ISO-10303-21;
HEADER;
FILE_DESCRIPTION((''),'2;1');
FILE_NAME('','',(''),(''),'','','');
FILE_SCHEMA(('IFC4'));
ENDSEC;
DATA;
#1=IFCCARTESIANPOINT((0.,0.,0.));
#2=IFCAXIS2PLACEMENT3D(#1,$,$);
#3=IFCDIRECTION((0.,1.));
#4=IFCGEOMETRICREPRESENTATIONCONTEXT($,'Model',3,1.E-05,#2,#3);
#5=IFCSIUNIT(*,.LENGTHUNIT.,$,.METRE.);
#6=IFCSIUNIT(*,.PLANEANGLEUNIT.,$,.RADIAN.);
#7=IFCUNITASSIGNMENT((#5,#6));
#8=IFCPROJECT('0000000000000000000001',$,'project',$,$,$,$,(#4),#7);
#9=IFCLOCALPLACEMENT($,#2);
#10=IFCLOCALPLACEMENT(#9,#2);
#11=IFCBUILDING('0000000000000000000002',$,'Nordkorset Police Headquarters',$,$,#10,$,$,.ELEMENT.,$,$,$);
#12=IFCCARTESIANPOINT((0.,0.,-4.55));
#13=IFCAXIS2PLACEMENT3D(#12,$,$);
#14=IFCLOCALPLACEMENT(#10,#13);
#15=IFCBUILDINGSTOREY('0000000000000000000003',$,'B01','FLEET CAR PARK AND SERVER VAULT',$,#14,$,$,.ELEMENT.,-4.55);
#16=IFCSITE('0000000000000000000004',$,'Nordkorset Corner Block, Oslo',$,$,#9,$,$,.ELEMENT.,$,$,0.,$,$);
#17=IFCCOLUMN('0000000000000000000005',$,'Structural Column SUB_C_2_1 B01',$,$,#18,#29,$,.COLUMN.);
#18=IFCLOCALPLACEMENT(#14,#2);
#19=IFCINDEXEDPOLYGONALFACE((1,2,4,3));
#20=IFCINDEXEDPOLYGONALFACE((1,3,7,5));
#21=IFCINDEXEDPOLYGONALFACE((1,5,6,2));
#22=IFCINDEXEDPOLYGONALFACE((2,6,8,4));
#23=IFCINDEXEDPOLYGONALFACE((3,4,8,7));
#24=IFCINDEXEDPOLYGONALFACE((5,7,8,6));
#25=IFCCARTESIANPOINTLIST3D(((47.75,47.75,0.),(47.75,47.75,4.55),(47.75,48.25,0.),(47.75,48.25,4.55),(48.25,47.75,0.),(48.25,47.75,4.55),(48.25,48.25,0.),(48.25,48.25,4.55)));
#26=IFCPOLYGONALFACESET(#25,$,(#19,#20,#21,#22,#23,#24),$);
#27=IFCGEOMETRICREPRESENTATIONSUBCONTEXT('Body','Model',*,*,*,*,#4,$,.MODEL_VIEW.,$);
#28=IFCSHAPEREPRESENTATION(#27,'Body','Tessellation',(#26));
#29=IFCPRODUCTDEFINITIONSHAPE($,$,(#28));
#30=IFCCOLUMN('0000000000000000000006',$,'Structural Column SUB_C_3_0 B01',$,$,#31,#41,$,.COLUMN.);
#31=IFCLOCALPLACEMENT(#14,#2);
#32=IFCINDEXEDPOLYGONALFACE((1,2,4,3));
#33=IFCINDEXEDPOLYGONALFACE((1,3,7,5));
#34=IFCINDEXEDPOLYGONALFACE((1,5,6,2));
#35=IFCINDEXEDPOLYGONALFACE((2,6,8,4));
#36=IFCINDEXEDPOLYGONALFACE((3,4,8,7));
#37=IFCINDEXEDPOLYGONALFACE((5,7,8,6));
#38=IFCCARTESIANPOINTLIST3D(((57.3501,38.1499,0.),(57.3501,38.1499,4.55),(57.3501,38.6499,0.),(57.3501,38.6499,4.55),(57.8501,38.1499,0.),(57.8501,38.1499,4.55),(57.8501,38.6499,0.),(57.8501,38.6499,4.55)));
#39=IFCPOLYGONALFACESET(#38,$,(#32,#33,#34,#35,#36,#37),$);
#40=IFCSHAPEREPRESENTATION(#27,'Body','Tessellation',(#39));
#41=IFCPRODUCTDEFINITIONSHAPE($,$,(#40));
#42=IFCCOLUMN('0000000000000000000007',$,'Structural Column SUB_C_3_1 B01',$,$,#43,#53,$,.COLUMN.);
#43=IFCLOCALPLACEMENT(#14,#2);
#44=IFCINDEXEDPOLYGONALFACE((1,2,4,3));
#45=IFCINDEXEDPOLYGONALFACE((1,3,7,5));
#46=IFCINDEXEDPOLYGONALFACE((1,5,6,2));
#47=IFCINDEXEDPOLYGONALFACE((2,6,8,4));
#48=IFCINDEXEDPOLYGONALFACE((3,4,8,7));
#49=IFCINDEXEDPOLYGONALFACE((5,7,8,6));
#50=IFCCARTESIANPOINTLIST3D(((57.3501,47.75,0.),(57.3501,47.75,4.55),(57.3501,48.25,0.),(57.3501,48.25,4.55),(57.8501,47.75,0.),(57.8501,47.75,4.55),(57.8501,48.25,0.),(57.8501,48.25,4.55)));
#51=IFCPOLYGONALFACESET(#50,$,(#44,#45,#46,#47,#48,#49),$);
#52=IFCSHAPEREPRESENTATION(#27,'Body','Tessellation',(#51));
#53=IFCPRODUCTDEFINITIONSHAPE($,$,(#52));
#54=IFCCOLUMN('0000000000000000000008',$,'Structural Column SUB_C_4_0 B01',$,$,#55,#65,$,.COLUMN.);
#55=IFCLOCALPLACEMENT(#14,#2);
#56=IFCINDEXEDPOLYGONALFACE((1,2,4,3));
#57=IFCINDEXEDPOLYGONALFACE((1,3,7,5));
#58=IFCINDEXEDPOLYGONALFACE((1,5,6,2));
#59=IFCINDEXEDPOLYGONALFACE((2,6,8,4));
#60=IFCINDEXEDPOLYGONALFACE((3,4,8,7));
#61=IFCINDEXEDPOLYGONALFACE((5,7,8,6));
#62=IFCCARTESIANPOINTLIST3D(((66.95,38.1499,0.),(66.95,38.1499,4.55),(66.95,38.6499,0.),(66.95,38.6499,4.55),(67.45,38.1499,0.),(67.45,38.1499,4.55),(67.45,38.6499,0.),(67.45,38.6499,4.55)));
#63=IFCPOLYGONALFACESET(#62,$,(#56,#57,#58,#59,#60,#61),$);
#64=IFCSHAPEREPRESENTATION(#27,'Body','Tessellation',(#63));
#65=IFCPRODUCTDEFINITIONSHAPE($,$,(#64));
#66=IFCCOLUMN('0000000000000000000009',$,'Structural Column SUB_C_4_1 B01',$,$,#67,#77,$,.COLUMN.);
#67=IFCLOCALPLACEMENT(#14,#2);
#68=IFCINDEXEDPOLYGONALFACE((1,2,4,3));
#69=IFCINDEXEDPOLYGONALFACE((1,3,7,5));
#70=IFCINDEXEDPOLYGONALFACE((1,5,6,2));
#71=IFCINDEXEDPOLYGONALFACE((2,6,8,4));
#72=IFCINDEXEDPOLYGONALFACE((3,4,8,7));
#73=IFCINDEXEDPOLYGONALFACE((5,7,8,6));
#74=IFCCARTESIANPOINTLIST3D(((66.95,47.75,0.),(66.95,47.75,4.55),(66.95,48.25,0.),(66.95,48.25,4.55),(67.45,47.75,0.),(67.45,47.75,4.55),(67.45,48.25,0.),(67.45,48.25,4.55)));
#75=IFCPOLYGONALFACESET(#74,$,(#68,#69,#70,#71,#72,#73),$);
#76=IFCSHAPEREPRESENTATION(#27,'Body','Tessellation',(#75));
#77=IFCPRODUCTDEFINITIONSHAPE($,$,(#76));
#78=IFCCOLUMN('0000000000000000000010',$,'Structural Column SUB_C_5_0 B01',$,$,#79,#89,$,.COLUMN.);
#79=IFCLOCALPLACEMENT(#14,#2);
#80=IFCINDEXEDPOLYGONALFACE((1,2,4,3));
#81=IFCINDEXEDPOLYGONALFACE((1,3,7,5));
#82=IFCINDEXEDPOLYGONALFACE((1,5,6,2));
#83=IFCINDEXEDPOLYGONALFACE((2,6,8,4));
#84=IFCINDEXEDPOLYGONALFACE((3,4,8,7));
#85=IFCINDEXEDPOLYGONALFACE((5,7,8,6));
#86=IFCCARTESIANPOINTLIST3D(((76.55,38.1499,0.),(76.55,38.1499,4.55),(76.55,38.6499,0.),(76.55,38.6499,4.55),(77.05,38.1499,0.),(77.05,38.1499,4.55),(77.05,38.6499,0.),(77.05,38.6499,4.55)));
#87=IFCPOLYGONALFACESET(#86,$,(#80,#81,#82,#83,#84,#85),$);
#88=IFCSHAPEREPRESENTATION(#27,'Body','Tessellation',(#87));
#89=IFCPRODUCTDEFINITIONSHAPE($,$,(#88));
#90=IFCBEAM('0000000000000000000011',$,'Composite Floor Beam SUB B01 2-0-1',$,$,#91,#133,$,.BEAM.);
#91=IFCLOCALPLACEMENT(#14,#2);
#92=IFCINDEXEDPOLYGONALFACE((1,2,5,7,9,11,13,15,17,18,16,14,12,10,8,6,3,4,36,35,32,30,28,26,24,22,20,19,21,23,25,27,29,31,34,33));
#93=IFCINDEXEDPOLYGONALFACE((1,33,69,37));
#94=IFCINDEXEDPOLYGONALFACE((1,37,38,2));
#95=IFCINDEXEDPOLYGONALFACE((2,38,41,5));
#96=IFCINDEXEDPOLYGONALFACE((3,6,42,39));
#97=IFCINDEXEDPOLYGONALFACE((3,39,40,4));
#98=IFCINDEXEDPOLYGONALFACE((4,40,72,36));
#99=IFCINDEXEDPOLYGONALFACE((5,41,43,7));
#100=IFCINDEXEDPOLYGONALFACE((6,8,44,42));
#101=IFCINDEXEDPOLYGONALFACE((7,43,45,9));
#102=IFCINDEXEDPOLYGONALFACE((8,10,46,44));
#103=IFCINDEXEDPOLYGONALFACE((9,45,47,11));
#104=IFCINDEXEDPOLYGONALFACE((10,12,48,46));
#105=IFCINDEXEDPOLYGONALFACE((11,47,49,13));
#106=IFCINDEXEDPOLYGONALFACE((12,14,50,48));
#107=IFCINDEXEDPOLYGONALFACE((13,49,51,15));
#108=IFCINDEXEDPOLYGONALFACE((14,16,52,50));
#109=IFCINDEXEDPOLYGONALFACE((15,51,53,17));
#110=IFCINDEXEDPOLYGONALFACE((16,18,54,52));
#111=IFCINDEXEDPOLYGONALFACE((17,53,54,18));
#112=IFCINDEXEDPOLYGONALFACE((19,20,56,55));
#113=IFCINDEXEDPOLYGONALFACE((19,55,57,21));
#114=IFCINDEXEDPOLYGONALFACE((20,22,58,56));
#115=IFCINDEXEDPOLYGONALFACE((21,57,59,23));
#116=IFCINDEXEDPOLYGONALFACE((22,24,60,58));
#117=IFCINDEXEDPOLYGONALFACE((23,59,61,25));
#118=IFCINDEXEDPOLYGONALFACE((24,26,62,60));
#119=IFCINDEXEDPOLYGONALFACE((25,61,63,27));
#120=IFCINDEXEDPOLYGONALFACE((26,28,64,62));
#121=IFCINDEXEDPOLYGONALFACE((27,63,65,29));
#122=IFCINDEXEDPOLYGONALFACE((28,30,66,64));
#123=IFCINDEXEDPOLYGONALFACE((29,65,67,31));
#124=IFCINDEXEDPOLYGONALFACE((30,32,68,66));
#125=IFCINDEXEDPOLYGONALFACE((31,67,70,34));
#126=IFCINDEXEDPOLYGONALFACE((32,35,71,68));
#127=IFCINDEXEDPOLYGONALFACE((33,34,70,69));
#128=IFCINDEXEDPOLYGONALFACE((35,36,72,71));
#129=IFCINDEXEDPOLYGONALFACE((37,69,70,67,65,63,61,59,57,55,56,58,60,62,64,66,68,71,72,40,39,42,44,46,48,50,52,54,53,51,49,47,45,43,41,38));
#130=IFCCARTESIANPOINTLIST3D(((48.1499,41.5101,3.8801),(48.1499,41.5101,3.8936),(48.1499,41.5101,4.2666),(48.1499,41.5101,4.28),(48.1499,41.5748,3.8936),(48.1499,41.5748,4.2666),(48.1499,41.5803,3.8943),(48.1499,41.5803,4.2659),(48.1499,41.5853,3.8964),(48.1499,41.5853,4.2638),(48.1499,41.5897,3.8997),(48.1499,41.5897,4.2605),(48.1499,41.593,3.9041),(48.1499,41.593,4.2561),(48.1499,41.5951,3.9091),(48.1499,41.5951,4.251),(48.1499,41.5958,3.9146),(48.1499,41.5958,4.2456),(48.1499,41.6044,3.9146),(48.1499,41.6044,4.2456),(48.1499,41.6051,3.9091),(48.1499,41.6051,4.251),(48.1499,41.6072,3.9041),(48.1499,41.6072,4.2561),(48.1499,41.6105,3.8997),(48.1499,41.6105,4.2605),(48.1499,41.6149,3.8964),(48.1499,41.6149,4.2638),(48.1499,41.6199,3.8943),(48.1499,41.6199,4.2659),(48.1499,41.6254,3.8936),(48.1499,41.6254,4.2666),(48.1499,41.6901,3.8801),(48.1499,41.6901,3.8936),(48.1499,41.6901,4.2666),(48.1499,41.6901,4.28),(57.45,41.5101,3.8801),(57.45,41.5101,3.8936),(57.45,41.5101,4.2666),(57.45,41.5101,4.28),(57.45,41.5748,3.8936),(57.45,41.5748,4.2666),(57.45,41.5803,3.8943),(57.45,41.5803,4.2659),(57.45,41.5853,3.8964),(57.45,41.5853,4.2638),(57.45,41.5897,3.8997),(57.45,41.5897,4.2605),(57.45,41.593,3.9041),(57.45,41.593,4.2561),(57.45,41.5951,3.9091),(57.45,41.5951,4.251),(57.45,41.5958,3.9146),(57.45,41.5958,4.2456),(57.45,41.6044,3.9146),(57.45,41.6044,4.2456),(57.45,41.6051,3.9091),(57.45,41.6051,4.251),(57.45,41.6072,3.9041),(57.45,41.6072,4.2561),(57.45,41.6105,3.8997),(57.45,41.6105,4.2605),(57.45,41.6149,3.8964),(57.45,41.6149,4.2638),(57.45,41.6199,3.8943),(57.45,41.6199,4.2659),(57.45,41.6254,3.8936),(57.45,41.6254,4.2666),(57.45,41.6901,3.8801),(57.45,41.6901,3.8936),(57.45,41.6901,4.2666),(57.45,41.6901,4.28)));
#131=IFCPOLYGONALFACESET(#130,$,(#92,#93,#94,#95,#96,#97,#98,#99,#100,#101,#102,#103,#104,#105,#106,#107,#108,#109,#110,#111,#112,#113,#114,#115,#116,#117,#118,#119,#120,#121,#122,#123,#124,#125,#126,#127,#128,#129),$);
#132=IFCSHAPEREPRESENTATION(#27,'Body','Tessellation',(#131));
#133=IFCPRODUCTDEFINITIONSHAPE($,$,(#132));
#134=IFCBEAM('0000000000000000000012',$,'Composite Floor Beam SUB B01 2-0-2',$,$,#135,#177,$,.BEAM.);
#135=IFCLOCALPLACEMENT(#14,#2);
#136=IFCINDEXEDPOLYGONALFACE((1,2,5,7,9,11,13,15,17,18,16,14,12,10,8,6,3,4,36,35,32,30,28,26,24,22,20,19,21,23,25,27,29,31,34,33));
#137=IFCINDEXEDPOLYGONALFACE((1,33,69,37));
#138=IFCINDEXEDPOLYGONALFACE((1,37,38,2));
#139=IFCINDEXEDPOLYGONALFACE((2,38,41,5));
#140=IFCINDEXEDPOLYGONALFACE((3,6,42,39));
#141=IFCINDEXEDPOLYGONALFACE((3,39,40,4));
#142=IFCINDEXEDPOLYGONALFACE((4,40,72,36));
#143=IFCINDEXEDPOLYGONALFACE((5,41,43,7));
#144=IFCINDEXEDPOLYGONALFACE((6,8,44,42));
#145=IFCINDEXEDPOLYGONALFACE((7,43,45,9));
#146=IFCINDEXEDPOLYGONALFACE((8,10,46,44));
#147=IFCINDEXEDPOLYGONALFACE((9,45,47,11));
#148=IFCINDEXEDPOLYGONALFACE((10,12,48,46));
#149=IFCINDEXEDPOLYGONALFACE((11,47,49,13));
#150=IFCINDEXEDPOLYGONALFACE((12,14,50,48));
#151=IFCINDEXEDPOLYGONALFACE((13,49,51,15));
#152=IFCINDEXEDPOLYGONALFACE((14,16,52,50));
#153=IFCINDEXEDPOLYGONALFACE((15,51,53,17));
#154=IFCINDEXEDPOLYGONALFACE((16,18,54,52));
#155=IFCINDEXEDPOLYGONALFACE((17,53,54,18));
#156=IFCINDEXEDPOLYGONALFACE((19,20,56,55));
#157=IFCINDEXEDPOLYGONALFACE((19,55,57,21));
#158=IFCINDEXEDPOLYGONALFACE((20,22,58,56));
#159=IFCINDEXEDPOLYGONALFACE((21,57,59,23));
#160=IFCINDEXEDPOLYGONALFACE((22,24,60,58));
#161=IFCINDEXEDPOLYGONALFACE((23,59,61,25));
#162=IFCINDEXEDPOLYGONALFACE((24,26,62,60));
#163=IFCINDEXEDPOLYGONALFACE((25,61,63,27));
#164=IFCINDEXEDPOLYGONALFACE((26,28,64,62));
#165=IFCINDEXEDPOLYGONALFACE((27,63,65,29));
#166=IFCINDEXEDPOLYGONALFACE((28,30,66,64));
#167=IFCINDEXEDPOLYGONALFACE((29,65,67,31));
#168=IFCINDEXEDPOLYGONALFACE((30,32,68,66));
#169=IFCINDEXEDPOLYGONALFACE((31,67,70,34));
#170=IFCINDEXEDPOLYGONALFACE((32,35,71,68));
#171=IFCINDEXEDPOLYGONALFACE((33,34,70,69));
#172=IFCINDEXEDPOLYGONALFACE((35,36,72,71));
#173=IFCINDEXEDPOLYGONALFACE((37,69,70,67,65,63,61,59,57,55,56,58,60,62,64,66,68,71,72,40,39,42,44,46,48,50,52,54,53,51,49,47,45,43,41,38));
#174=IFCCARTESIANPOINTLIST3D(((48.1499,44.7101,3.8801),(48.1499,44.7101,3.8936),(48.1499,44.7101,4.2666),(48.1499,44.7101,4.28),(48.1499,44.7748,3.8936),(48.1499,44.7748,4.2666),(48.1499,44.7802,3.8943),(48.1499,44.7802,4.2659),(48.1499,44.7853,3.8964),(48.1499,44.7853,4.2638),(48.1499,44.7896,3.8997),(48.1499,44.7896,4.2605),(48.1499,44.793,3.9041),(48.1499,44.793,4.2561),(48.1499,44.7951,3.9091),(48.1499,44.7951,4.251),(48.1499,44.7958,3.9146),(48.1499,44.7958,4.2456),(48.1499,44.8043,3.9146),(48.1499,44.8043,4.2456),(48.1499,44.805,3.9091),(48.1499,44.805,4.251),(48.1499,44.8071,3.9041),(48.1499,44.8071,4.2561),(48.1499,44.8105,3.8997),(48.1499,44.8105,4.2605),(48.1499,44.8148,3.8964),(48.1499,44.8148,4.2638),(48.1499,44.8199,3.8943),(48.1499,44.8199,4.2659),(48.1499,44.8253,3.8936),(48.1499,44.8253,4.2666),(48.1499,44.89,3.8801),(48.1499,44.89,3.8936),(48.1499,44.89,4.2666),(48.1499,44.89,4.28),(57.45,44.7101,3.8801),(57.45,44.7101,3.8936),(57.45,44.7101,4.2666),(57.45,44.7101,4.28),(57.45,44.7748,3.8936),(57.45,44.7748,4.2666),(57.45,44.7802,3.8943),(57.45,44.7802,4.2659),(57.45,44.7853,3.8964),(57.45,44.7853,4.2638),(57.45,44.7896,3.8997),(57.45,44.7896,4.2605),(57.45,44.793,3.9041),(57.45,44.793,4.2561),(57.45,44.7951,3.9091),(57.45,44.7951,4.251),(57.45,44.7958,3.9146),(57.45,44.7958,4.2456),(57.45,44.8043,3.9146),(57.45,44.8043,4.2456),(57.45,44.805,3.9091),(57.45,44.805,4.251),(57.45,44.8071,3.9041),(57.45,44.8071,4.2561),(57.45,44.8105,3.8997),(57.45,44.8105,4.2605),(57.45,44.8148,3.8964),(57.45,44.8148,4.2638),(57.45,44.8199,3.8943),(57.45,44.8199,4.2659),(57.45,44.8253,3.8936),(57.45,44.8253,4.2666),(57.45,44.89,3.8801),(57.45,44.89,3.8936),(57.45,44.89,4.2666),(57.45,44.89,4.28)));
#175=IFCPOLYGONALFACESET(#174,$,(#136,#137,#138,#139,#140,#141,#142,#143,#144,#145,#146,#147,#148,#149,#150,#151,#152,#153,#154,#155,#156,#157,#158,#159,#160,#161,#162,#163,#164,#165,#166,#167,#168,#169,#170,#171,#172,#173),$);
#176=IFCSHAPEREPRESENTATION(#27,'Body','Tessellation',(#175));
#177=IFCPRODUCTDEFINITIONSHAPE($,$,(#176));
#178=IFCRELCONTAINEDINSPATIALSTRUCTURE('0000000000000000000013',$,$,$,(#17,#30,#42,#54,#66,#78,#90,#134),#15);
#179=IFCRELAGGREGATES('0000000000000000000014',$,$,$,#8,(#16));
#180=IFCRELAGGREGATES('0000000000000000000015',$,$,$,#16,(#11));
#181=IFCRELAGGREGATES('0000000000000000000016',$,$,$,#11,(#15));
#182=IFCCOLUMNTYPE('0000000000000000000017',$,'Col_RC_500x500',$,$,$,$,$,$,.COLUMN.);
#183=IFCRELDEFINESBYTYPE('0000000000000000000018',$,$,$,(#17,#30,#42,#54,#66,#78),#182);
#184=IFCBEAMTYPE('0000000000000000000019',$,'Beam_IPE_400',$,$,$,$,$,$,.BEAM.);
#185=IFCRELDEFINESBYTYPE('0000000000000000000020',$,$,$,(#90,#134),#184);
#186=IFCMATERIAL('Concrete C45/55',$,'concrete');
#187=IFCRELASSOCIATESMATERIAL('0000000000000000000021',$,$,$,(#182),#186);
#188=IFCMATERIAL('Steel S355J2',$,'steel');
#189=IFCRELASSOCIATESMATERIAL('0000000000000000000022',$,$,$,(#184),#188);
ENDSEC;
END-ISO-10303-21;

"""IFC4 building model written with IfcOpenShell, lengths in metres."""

from ifc_helpers import new_model, si_unit, direction, frame, origin, origin_2d, place, context, subcontext, project, spatial, rectangle, i_section, extrude, material, material_profile, profile_set, type_object, element, save


model = new_model("IFC4")

# Units and contexts
model_context = context("Model", 3, precision=1e-05, world=origin(), true_north=direction((0.0, 1.0)))
body_context = subcontext(model_context, "Body", "Model", "MODEL_VIEW")
ifc_project = project(units=[si_unit("LENGTHUNIT", "METRE"), si_unit("PLANEANGLEUNIT", "RADIAN")], contexts=[model_context])

# Site, building, storey
site_placement = place(None, origin())
site = spatial("IfcSite", under=ifc_project, at=site_placement, Name="Nordkorset Corner Block, Oslo", CompositionType="ELEMENT", RefElevation=0.0)
building_placement = place(site_placement, origin())
building = spatial("IfcBuilding", under=site, at=building_placement, Name="Nordkorset Police Headquarters", CompositionType="ELEMENT")
storey_placement = place(building_placement, frame((0.0, 0.0, -4.55)))
storey = spatial("IfcBuildingStorey", under=building, at=storey_placement, Name="B01", Description="FLEET CAR PARK AND SERVER VAULT", CompositionType="ELEMENT", Elevation=-4.55)

# Columns
ifc_material_1 = material(Name="Concrete C45/55", Category="concrete")
ifc_material_profile_1 = material_profile(ifc_material_1, rectangle(XDim=0.5, YDim=0.5, at=origin_2d()), Name="RC 500x500")
ifc_profile_set_1 = profile_set([ifc_material_profile_1], Name="Concrete C45/55")
column_type = type_object("IfcColumnType", Name="Col_RC_500x500", PredefinedType="COLUMN", material=ifc_profile_set_1)
for number, where, z_axis, x_axis, name in (
    (1, (48.0, 48.0, 0.0), (0.0, 0.0, 1.0), (1.0, 0.0, 0.0), "Structural Column SUB_C_2_1 B01"),
    (2, (57.6001, 38.3999, 0.0), (0.0, 0.0, 1.0), (1.0, 0.0, 0.0), "Structural Column SUB_C_3_0 B01"),
    (3, (57.6001, 48.0, 0.0), (0.0, 0.0, 1.0), (1.0, 0.0, 0.0), "Structural Column SUB_C_3_1 B01"),
    (4, (67.2, 38.3999, 0.0), (0.0, 0.0, 1.0), (1.0, 0.0, 0.0), "Structural Column SUB_C_4_0 B01"),
    (5, (67.2, 48.0, 0.0), (0.0, 0.0, 1.0), (1.0, 0.0, 0.0), "Structural Column SUB_C_4_1 B01"),
    (6, (76.8, 38.3999, 0.0), (0.0, 0.0, 1.0), (1.0, 0.0, 0.0), "Structural Column SUB_C_5_0 B01"),
):
    element("IfcColumn", number, at=place(storey_placement, frame(where, z_axis=z_axis, x_axis=x_axis)), inside=storey, type_object=column_type, Name=name, PredefinedType="COLUMN", context=body_context, shape_type="SweptSolid", body=[
        extrude(rectangle(XDim=0.5, YDim=0.5, at=origin_2d()), origin(), (0.0, 0.0, 1.0), 4.55),
    ])

# Beams
ifc_material_2 = material(Name="Steel S355J2", Category="steel")
ifc_material_profile_2 = material_profile(ifc_material_2, i_section(OverallWidth=0.1799, OverallDepth=0.3999, WebThickness=0.0085, FlangeThickness=0.0134, FilletRadius=0.021, at=origin_2d()), Name="IPE 400")
ifc_profile_set_2 = profile_set([ifc_material_profile_2], Name="Steel S355J2")
beam_type_1 = type_object("IfcBeamType", Name="Beam_IPE_400", PredefinedType="BEAM", material=ifc_profile_set_2)
for number, where, z_axis, x_axis, name in (
    (7, (48.1499, 41.6001, 4.0801), (1.0, 0.0, 0.0), (0.0, 1.0, 0.0), "Composite Floor Beam SUB B01 2-0-1"),
    (8, (48.1499, 44.8, 4.0801), (1.0, 0.0, 0.0), (0.0, 1.0, 0.0), "Composite Floor Beam SUB B01 2-0-2"),
):
    element("IfcBeam", number, at=place(storey_placement, frame(where, z_axis=z_axis, x_axis=x_axis)), inside=storey, type_object=beam_type_1, Name=name, PredefinedType="BEAM", context=body_context, shape_type="SweptSolid", body=[
        extrude(i_section(OverallWidth=0.1799, OverallDepth=0.3999, WebThickness=0.0085, FlangeThickness=0.0134, FilletRadius=0.021, at=origin_2d()), origin(), (0.0, 0.0, 1.0), 9.3),
    ])

save(model, "model.ifc")
